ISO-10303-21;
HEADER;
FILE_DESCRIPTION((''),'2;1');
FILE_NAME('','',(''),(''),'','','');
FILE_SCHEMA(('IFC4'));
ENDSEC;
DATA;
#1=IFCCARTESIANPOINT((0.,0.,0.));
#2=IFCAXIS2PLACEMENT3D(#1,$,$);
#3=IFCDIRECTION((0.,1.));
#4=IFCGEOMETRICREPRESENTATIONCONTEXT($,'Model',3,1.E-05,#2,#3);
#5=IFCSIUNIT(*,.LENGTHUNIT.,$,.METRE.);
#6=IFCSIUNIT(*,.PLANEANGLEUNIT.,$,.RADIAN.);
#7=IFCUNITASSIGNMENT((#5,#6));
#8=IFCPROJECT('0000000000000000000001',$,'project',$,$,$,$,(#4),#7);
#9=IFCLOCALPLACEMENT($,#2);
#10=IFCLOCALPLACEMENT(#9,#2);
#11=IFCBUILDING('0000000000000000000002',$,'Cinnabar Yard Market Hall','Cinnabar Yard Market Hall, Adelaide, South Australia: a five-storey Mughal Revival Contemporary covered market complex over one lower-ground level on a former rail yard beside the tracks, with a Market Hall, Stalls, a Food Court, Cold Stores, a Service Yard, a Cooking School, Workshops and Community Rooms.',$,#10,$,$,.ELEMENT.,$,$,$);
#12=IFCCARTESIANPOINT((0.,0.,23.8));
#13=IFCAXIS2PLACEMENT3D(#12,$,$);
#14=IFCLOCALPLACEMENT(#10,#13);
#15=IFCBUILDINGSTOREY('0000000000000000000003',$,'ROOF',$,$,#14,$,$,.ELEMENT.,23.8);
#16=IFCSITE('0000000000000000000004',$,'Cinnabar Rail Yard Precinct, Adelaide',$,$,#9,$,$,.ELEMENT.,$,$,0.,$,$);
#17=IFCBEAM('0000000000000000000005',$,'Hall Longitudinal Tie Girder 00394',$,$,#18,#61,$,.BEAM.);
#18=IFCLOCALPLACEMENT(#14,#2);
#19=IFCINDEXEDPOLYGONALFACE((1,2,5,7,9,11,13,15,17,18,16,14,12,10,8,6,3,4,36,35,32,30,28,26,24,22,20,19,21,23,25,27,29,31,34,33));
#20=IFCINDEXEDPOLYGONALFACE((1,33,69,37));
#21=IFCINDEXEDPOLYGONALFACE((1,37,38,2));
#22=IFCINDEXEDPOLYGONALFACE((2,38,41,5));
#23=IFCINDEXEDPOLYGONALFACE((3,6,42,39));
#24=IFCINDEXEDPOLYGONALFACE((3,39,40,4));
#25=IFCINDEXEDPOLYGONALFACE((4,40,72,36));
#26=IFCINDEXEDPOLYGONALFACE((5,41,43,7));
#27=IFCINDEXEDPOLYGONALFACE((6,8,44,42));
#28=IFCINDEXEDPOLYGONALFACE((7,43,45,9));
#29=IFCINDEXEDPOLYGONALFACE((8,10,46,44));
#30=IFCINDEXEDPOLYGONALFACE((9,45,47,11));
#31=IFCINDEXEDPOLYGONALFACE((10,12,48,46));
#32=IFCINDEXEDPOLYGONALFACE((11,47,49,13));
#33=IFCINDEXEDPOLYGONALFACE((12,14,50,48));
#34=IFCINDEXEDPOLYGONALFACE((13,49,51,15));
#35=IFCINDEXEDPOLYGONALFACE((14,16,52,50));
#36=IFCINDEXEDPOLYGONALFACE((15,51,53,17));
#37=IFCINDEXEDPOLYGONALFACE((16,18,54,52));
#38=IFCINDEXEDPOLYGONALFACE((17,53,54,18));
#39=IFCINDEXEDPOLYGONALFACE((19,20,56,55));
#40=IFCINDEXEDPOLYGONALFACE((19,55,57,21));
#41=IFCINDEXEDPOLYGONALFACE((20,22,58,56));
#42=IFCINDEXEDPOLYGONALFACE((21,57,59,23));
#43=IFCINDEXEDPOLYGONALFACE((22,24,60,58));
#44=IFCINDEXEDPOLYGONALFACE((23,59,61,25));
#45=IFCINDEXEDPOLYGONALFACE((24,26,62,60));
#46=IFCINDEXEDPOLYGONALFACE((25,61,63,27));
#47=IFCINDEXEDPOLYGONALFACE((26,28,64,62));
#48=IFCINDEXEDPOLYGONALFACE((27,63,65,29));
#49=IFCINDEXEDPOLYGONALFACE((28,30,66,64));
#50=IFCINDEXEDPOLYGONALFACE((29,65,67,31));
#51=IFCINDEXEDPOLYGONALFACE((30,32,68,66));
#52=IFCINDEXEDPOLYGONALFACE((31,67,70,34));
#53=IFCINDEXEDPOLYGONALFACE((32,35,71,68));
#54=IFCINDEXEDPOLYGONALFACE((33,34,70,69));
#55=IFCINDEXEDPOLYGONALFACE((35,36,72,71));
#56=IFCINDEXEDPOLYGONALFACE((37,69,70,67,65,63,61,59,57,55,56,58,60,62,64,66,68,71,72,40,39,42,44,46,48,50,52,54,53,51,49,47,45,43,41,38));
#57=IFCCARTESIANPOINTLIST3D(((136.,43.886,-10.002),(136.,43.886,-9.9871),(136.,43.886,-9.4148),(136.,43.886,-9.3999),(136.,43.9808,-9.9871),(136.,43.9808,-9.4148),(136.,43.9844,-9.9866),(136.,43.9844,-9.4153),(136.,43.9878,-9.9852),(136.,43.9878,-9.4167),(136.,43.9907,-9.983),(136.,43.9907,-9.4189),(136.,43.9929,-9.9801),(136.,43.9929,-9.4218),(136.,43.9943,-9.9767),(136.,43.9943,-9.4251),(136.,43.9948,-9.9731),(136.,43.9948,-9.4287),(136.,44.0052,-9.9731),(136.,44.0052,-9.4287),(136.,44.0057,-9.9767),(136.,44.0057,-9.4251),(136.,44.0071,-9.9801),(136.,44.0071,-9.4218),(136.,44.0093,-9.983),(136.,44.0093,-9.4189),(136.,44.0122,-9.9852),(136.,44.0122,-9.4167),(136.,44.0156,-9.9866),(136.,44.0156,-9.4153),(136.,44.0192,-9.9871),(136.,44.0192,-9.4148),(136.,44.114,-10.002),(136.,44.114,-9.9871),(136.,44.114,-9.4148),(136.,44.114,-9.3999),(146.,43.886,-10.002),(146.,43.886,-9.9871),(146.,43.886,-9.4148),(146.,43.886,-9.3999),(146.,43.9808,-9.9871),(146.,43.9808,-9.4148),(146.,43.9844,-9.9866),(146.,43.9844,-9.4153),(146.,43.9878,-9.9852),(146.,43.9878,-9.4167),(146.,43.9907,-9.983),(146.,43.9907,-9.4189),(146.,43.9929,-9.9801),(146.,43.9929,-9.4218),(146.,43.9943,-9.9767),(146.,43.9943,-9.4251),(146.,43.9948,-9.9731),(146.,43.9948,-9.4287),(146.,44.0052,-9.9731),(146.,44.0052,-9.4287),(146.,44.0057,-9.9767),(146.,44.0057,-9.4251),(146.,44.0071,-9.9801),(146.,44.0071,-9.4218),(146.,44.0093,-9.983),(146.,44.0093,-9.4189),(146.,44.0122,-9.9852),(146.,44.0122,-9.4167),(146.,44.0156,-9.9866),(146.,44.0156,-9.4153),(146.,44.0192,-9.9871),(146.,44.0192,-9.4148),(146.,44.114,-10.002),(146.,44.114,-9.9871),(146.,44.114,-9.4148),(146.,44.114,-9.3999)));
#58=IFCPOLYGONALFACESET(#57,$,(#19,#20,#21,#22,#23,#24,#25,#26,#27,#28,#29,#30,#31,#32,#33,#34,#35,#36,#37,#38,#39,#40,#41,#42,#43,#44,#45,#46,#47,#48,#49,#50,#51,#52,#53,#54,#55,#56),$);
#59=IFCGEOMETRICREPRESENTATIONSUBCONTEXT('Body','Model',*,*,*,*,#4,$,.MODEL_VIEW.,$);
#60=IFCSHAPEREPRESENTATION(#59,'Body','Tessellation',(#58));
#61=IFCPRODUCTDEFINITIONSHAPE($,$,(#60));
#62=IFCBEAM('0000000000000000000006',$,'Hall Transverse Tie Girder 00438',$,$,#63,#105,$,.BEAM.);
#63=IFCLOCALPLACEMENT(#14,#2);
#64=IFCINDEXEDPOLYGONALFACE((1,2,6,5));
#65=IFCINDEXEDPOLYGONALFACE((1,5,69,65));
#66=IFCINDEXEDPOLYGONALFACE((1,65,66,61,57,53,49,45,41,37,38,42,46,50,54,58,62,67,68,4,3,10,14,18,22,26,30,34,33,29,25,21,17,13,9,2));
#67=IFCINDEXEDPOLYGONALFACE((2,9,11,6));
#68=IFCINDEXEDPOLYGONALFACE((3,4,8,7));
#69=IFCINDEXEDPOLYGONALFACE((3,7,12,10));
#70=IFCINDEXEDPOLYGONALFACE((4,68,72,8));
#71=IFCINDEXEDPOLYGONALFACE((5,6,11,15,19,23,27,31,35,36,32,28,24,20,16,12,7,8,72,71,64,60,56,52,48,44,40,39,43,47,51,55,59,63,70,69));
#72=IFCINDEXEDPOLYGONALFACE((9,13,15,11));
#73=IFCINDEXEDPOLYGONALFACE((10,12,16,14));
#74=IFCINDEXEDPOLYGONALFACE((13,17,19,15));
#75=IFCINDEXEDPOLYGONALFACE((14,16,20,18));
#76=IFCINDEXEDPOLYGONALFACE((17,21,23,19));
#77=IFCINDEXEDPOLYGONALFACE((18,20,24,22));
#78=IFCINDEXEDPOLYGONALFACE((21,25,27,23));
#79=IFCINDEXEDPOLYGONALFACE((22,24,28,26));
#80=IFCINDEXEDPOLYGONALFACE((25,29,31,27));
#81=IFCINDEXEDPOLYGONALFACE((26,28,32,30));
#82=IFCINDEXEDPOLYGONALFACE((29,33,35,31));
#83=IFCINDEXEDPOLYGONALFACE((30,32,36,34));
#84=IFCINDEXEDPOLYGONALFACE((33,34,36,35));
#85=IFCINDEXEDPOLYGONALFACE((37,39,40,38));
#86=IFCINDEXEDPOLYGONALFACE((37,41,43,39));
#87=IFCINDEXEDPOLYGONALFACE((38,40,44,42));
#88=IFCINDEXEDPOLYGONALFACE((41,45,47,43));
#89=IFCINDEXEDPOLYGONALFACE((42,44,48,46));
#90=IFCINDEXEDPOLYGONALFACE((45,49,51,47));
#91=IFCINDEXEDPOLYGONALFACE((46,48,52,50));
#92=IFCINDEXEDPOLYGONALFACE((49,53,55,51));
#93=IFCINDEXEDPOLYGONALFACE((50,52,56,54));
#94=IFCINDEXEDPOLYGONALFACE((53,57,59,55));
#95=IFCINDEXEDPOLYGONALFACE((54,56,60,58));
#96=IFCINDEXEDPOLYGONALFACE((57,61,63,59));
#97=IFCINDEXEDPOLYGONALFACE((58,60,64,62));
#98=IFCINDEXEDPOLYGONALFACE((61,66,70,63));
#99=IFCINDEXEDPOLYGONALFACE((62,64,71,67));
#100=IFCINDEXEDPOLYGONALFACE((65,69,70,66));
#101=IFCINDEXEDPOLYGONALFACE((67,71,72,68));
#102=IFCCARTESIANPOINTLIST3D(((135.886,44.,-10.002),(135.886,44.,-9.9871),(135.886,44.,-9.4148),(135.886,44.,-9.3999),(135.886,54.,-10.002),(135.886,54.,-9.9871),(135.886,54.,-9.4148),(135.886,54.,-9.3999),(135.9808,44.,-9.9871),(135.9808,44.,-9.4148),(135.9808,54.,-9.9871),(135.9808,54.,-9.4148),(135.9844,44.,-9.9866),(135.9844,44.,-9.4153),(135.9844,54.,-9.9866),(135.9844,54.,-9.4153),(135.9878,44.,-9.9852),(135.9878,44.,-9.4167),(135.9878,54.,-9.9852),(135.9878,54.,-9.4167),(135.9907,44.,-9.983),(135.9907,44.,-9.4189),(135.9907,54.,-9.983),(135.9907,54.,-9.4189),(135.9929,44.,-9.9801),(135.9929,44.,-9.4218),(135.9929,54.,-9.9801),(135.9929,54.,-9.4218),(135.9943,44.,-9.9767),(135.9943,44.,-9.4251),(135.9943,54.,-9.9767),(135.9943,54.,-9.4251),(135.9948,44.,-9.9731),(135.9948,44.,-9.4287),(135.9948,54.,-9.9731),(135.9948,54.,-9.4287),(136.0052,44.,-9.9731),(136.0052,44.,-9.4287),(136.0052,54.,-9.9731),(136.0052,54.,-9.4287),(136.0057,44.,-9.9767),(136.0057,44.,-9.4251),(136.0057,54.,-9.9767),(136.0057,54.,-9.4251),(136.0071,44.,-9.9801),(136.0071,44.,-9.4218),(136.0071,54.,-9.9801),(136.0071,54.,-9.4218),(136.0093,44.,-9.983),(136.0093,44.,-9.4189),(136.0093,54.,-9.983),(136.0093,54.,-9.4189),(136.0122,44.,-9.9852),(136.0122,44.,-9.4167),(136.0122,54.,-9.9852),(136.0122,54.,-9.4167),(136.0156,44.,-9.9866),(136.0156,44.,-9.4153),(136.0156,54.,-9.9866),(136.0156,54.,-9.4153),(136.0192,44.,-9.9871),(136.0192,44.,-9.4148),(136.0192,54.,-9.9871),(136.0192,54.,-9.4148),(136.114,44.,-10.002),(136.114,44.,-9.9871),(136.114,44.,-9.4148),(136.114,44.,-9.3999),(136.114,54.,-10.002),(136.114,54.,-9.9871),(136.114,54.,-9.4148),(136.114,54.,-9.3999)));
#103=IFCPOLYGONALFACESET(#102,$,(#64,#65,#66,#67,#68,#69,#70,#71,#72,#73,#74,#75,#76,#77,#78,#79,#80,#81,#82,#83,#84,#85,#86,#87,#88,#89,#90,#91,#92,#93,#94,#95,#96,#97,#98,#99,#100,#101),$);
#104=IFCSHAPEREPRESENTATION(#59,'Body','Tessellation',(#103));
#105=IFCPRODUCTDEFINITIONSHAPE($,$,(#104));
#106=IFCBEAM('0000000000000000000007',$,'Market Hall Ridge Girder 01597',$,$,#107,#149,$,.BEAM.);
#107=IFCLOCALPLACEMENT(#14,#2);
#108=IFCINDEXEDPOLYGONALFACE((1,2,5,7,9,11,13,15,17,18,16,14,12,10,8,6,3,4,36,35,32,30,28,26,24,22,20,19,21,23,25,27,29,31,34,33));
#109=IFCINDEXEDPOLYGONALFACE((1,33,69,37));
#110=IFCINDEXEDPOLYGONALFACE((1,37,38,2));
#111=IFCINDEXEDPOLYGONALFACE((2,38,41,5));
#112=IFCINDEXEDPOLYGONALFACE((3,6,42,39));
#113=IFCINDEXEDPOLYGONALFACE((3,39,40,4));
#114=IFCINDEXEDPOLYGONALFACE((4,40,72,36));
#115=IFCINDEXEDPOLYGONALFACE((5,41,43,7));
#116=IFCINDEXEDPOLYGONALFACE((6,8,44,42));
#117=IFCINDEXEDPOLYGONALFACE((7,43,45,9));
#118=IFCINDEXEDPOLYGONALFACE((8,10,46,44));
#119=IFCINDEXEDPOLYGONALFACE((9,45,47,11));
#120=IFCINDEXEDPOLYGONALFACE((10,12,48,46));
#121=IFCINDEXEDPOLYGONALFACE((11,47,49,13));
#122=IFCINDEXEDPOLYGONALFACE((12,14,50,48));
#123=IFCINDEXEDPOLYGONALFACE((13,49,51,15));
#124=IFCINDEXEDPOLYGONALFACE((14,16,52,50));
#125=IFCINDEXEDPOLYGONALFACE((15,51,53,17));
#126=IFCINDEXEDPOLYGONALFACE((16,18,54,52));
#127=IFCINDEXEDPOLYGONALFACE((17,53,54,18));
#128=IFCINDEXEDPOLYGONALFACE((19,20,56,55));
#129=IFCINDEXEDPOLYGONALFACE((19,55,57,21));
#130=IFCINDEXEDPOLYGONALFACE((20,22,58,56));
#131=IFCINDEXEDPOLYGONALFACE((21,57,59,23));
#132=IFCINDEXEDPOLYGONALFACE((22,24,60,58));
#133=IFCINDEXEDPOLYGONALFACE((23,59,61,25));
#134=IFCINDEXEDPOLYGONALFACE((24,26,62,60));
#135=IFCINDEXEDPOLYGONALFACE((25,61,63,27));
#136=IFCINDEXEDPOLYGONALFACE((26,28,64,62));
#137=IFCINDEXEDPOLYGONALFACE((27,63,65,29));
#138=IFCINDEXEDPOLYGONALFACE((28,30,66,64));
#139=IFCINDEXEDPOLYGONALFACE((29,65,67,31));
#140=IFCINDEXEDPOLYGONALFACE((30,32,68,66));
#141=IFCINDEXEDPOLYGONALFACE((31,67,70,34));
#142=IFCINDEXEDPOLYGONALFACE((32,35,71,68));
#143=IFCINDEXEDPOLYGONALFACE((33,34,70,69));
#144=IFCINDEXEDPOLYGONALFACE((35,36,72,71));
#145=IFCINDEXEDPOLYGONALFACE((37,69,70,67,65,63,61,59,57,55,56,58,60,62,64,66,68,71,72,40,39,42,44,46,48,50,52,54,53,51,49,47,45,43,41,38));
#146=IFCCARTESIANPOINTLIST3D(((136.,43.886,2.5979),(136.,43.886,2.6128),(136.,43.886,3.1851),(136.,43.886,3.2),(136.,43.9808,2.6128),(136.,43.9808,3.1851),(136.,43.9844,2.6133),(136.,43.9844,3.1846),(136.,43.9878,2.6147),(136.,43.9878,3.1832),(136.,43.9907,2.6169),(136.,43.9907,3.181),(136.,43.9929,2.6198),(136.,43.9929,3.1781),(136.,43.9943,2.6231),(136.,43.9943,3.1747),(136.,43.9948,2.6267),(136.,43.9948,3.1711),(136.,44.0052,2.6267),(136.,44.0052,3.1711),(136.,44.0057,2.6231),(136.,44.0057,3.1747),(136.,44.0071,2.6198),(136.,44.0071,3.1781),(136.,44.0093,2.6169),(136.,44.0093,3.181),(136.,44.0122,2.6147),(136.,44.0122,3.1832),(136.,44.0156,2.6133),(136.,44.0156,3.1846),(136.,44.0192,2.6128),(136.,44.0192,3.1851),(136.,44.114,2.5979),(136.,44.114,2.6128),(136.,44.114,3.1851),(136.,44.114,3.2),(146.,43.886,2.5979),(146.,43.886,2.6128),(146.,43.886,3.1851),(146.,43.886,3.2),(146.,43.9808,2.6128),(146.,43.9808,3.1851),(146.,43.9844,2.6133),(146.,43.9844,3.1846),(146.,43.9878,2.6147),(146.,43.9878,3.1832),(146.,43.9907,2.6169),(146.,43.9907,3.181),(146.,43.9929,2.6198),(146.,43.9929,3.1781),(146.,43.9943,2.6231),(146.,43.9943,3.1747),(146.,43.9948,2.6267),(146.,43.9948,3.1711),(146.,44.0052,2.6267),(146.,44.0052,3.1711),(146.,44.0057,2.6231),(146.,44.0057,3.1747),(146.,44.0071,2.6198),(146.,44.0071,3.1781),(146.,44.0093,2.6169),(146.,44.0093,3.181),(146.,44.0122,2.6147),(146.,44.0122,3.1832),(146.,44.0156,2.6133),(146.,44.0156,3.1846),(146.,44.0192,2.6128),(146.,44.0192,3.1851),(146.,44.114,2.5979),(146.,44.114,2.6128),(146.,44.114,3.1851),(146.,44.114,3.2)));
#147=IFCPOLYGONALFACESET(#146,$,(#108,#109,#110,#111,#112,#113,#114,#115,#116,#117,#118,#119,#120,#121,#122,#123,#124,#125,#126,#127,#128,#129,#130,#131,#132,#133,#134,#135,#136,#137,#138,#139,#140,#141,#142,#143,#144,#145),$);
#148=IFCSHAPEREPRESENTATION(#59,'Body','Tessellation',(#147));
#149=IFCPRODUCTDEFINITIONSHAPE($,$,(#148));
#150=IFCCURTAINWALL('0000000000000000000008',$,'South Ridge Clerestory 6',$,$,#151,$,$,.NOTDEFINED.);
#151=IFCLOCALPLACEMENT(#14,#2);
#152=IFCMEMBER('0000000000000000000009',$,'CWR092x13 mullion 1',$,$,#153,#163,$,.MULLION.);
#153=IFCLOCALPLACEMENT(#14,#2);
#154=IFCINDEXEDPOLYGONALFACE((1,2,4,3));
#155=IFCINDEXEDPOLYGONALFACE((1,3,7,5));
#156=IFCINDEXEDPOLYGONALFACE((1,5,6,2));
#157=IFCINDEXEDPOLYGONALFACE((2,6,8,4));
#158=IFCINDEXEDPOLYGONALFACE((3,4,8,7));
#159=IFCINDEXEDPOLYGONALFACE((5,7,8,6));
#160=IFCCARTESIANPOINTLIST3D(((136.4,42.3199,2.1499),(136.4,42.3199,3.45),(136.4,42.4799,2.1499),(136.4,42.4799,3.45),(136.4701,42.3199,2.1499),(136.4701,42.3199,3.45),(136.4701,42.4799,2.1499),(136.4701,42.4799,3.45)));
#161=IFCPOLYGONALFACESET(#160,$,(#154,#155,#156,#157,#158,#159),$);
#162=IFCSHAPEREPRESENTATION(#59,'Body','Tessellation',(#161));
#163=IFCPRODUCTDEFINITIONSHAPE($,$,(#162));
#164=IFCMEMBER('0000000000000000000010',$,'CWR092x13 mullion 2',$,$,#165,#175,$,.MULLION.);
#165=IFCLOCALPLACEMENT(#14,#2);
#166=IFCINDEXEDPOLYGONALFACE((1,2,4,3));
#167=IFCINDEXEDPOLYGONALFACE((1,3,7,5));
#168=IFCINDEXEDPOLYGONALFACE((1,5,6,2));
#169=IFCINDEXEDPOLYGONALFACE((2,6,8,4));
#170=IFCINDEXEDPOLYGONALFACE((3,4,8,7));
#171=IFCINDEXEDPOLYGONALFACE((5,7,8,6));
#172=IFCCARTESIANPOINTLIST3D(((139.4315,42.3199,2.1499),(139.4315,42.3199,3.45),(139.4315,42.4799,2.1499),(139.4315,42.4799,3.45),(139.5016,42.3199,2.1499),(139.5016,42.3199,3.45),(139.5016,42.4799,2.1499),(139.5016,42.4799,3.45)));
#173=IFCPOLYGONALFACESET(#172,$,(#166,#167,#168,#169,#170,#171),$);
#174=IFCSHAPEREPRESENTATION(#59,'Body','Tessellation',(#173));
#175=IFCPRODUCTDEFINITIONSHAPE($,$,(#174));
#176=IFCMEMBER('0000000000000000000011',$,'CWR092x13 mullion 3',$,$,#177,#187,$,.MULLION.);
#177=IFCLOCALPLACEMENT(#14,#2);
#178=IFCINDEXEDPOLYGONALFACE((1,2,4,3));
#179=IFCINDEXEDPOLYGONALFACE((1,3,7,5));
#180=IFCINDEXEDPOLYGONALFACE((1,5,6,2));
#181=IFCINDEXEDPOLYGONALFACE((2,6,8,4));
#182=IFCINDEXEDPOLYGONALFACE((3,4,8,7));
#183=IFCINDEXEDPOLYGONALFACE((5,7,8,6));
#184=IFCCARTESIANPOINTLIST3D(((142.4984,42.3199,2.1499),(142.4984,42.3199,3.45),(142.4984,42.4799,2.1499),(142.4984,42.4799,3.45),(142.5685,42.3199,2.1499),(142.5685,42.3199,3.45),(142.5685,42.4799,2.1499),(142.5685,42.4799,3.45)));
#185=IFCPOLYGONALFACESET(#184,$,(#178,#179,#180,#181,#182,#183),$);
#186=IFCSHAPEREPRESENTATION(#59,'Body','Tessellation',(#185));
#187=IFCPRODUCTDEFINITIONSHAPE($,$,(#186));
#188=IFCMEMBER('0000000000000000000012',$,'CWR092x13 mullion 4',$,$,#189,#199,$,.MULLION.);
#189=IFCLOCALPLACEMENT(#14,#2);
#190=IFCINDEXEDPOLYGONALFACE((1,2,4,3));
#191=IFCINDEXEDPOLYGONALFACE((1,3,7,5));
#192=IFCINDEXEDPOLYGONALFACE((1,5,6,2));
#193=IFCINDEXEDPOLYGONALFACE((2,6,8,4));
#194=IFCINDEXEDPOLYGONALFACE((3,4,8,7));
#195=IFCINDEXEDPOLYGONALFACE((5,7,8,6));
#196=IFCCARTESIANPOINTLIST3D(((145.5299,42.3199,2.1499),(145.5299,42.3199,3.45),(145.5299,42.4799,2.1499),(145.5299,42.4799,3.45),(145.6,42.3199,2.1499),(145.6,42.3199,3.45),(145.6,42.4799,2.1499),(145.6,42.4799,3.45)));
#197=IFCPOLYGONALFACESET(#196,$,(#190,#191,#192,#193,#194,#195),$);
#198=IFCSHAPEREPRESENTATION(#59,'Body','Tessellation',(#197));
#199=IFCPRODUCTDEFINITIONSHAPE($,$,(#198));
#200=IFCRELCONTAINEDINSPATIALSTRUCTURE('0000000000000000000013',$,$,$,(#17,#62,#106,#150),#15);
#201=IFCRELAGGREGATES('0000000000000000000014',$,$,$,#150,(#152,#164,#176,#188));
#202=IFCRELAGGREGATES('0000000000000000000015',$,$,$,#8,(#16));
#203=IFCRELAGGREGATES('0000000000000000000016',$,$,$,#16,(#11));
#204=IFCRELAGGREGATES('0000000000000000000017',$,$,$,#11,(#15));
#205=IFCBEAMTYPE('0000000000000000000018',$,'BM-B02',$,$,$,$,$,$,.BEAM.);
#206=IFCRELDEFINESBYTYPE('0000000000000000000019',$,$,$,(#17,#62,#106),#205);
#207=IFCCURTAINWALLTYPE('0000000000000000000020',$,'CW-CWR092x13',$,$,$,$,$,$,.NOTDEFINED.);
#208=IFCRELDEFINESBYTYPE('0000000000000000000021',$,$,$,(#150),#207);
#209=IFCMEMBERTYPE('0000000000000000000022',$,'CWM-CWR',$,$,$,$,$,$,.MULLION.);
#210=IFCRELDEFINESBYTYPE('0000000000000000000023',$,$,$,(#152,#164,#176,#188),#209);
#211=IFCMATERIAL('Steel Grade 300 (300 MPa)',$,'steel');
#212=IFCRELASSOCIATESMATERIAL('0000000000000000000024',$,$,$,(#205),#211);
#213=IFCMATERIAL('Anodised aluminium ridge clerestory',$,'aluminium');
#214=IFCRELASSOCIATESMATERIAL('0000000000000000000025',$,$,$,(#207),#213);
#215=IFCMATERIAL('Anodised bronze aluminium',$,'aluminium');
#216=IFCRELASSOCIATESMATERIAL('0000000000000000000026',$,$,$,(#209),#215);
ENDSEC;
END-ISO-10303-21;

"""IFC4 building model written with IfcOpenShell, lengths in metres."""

from ifc_helpers import new_model, si_unit, direction, frame, origin, origin_2d_with_axis, place, context, subcontext, project, spatial, rectangle, i_section, extrude, material, material_profile, profile_set, type_object, element, aggregate, save


model = new_model("IFC4")

# Units and contexts
model_context = context("Model", 3, precision=1e-05, world=origin(), true_north=direction((0.0, 1.0)))
body_context = subcontext(model_context, "Body", "Model", "MODEL_VIEW")
ifc_project = project(units=[si_unit("LENGTHUNIT", "METRE"), si_unit("PLANEANGLEUNIT", "RADIAN")], contexts=[model_context])

# Site, building, storey
site_placement = place(None, origin())
site = spatial("IfcSite", under=ifc_project, at=site_placement, Name="Cinnabar Rail Yard Precinct, Adelaide", CompositionType="ELEMENT", RefElevation=0.0)
building_placement = place(site_placement, origin())
building = spatial("IfcBuilding", under=site, at=building_placement, Name="Cinnabar Yard Market Hall", Description="Cinnabar Yard Market Hall, Adelaide, South Australia: a five-storey Mughal Revival Contemporary covered market complex over one lower-ground level on a former rail yard beside the tracks, with a Market Hall, Stalls, a Food Court, Cold Stores, a Service Yard, a Cooking School, Workshops and Community Rooms.", CompositionType="ELEMENT")
storey_placement = place(building_placement, frame((0.0, 0.0, 23.8)))
storey = spatial("IfcBuildingStorey", under=building, at=storey_placement, Name="ROOF", CompositionType="ELEMENT", Elevation=23.8)

# Beams
ifc_material_1 = material(Name="Steel Grade 300 (300 MPa)", Category="steel")
ifc_material_profile_1 = material_profile(ifc_material_1, i_section(OverallWidth=0.228, OverallDepth=0.6021, WebThickness=0.0105, FlangeThickness=0.0149, FilletRadius=0.0139, at=origin_2d_with_axis()), Name="610UB101")
ifc_profile_set_1 = profile_set([ifc_material_profile_1], Name="Steel Grade 300 (300 MPa)")
beam_type = type_object("IfcBeamType", Name="BM-B02", PredefinedType="BEAM", material=ifc_profile_set_1)
for number, where, z_axis, x_axis, name in (
    (1, (136.0, 44.0, -9.7009), (1.0, 0.0, 0.0), (0.0, 1.0, 0.0), "Hall Longitudinal Tie Girder 00394"),
    (2, (136.0, 44.0, -9.7009), (0.0, 1.0, 0.0), (-1.0, 0.0, 0.0), "Hall Transverse Tie Girder 00438"),
    (3, (136.0, 44.0, 2.8989), (1.0, 0.0, 0.0), (0.0, 1.0, 0.0), "Market Hall Ridge Girder 01597"),
):
    element("IfcBeam", number, at=place(storey_placement, frame(where, z_axis=z_axis, x_axis=x_axis)), inside=storey, type_object=beam_type, Name=name, PredefinedType="BEAM", context=body_context, shape_type="SweptSolid", body=[
        extrude(i_section(OverallWidth=0.228, OverallDepth=0.6021, WebThickness=0.0105, FlangeThickness=0.0149, FilletRadius=0.0139, at=origin_2d_with_axis()), origin(), (0.0, 0.0, 1.0), 10.0),
    ])

# Curtain wall, members
ifc_material_2 = material(Name="Anodised aluminium ridge clerestory", Category="aluminium")
curtain_wall_type = type_object("IfcCurtainWallType", Name="CW-CWR092x13", PredefinedType="NOTDEFINED", material=ifc_material_2)
curtain_wall_placement = place(storey_placement, origin())
curtain_wall = element("IfcCurtainWall", 4, at=curtain_wall_placement, inside=storey, type_object=curtain_wall_type, Name="South Ridge Clerestory 6", PredefinedType="NOTDEFINED")
ifc_material_3 = material(Name="Anodised bronze aluminium", Category="aluminium")
ifc_material_profile_2 = material_profile(ifc_material_3, rectangle(XDim=0.1599, YDim=0.0701, at=origin_2d_with_axis()), Name="MUL-CWR")
ifc_profile_set_2 = profile_set([ifc_material_profile_2], Name="Anodised bronze aluminium")
member_type_1 = type_object("IfcMemberType", Name="CWM-CWR", PredefinedType="MULLION", material=ifc_profile_set_2)
member_1_placement = place(storey_placement, frame((136.4351, 42.3999, 2.1499), z_axis=(0.0, 0.0, 1.0), x_axis=(0.0, 1.0, 0.0)))
member_1 = element("IfcMember", 5, at=member_1_placement, type_object=member_type_1, Name="CWR092x13 mullion 1", PredefinedType="MULLION", context=body_context, shape_type="SweptSolid", body=[
    extrude(rectangle(XDim=0.1599, YDim=0.0701, at=origin_2d_with_axis()), origin(), (0.0, 0.0, 1.0), 1.3),
])
member_2_placement = place(storey_placement, frame((139.4666, 42.3999, 2.1499), z_axis=(0.0, 0.0, 1.0), x_axis=(0.0, 1.0, 0.0)))
member_2 = element("IfcMember", 6, at=member_2_placement, type_object=member_type_1, Name="CWR092x13 mullion 2", PredefinedType="MULLION", context=body_context, shape_type="SweptSolid", body=[
    extrude(rectangle(XDim=0.1599, YDim=0.0701, at=origin_2d_with_axis()), origin(), (0.0, 0.0, 1.0), 1.3),
])
member_3_placement = place(storey_placement, frame((142.5334, 42.3999, 2.1499), z_axis=(0.0, 0.0, 1.0), x_axis=(0.0, 1.0, 0.0)))
member_3 = element("IfcMember", 7, at=member_3_placement, type_object=member_type_1, Name="CWR092x13 mullion 3", PredefinedType="MULLION", context=body_context, shape_type="SweptSolid", body=[
    extrude(rectangle(XDim=0.1599, YDim=0.0701, at=origin_2d_with_axis()), origin(), (0.0, 0.0, 1.0), 1.3),
])
member_4_placement = place(storey_placement, frame((145.5649, 42.3999, 2.1499), z_axis=(0.0, 0.0, 1.0), x_axis=(0.0, 1.0, 0.0)))
member_4 = element("IfcMember", 8, at=member_4_placement, type_object=member_type_1, Name="CWR092x13 mullion 4", PredefinedType="MULLION", context=body_context, shape_type="SweptSolid", body=[
    extrude(rectangle(XDim=0.1599, YDim=0.0701, at=origin_2d_with_axis()), origin(), (0.0, 0.0, 1.0), 1.3),
])

aggregate(curtain_wall, [member_1, member_2, member_3, member_4])

save(model, "model.ifc")
